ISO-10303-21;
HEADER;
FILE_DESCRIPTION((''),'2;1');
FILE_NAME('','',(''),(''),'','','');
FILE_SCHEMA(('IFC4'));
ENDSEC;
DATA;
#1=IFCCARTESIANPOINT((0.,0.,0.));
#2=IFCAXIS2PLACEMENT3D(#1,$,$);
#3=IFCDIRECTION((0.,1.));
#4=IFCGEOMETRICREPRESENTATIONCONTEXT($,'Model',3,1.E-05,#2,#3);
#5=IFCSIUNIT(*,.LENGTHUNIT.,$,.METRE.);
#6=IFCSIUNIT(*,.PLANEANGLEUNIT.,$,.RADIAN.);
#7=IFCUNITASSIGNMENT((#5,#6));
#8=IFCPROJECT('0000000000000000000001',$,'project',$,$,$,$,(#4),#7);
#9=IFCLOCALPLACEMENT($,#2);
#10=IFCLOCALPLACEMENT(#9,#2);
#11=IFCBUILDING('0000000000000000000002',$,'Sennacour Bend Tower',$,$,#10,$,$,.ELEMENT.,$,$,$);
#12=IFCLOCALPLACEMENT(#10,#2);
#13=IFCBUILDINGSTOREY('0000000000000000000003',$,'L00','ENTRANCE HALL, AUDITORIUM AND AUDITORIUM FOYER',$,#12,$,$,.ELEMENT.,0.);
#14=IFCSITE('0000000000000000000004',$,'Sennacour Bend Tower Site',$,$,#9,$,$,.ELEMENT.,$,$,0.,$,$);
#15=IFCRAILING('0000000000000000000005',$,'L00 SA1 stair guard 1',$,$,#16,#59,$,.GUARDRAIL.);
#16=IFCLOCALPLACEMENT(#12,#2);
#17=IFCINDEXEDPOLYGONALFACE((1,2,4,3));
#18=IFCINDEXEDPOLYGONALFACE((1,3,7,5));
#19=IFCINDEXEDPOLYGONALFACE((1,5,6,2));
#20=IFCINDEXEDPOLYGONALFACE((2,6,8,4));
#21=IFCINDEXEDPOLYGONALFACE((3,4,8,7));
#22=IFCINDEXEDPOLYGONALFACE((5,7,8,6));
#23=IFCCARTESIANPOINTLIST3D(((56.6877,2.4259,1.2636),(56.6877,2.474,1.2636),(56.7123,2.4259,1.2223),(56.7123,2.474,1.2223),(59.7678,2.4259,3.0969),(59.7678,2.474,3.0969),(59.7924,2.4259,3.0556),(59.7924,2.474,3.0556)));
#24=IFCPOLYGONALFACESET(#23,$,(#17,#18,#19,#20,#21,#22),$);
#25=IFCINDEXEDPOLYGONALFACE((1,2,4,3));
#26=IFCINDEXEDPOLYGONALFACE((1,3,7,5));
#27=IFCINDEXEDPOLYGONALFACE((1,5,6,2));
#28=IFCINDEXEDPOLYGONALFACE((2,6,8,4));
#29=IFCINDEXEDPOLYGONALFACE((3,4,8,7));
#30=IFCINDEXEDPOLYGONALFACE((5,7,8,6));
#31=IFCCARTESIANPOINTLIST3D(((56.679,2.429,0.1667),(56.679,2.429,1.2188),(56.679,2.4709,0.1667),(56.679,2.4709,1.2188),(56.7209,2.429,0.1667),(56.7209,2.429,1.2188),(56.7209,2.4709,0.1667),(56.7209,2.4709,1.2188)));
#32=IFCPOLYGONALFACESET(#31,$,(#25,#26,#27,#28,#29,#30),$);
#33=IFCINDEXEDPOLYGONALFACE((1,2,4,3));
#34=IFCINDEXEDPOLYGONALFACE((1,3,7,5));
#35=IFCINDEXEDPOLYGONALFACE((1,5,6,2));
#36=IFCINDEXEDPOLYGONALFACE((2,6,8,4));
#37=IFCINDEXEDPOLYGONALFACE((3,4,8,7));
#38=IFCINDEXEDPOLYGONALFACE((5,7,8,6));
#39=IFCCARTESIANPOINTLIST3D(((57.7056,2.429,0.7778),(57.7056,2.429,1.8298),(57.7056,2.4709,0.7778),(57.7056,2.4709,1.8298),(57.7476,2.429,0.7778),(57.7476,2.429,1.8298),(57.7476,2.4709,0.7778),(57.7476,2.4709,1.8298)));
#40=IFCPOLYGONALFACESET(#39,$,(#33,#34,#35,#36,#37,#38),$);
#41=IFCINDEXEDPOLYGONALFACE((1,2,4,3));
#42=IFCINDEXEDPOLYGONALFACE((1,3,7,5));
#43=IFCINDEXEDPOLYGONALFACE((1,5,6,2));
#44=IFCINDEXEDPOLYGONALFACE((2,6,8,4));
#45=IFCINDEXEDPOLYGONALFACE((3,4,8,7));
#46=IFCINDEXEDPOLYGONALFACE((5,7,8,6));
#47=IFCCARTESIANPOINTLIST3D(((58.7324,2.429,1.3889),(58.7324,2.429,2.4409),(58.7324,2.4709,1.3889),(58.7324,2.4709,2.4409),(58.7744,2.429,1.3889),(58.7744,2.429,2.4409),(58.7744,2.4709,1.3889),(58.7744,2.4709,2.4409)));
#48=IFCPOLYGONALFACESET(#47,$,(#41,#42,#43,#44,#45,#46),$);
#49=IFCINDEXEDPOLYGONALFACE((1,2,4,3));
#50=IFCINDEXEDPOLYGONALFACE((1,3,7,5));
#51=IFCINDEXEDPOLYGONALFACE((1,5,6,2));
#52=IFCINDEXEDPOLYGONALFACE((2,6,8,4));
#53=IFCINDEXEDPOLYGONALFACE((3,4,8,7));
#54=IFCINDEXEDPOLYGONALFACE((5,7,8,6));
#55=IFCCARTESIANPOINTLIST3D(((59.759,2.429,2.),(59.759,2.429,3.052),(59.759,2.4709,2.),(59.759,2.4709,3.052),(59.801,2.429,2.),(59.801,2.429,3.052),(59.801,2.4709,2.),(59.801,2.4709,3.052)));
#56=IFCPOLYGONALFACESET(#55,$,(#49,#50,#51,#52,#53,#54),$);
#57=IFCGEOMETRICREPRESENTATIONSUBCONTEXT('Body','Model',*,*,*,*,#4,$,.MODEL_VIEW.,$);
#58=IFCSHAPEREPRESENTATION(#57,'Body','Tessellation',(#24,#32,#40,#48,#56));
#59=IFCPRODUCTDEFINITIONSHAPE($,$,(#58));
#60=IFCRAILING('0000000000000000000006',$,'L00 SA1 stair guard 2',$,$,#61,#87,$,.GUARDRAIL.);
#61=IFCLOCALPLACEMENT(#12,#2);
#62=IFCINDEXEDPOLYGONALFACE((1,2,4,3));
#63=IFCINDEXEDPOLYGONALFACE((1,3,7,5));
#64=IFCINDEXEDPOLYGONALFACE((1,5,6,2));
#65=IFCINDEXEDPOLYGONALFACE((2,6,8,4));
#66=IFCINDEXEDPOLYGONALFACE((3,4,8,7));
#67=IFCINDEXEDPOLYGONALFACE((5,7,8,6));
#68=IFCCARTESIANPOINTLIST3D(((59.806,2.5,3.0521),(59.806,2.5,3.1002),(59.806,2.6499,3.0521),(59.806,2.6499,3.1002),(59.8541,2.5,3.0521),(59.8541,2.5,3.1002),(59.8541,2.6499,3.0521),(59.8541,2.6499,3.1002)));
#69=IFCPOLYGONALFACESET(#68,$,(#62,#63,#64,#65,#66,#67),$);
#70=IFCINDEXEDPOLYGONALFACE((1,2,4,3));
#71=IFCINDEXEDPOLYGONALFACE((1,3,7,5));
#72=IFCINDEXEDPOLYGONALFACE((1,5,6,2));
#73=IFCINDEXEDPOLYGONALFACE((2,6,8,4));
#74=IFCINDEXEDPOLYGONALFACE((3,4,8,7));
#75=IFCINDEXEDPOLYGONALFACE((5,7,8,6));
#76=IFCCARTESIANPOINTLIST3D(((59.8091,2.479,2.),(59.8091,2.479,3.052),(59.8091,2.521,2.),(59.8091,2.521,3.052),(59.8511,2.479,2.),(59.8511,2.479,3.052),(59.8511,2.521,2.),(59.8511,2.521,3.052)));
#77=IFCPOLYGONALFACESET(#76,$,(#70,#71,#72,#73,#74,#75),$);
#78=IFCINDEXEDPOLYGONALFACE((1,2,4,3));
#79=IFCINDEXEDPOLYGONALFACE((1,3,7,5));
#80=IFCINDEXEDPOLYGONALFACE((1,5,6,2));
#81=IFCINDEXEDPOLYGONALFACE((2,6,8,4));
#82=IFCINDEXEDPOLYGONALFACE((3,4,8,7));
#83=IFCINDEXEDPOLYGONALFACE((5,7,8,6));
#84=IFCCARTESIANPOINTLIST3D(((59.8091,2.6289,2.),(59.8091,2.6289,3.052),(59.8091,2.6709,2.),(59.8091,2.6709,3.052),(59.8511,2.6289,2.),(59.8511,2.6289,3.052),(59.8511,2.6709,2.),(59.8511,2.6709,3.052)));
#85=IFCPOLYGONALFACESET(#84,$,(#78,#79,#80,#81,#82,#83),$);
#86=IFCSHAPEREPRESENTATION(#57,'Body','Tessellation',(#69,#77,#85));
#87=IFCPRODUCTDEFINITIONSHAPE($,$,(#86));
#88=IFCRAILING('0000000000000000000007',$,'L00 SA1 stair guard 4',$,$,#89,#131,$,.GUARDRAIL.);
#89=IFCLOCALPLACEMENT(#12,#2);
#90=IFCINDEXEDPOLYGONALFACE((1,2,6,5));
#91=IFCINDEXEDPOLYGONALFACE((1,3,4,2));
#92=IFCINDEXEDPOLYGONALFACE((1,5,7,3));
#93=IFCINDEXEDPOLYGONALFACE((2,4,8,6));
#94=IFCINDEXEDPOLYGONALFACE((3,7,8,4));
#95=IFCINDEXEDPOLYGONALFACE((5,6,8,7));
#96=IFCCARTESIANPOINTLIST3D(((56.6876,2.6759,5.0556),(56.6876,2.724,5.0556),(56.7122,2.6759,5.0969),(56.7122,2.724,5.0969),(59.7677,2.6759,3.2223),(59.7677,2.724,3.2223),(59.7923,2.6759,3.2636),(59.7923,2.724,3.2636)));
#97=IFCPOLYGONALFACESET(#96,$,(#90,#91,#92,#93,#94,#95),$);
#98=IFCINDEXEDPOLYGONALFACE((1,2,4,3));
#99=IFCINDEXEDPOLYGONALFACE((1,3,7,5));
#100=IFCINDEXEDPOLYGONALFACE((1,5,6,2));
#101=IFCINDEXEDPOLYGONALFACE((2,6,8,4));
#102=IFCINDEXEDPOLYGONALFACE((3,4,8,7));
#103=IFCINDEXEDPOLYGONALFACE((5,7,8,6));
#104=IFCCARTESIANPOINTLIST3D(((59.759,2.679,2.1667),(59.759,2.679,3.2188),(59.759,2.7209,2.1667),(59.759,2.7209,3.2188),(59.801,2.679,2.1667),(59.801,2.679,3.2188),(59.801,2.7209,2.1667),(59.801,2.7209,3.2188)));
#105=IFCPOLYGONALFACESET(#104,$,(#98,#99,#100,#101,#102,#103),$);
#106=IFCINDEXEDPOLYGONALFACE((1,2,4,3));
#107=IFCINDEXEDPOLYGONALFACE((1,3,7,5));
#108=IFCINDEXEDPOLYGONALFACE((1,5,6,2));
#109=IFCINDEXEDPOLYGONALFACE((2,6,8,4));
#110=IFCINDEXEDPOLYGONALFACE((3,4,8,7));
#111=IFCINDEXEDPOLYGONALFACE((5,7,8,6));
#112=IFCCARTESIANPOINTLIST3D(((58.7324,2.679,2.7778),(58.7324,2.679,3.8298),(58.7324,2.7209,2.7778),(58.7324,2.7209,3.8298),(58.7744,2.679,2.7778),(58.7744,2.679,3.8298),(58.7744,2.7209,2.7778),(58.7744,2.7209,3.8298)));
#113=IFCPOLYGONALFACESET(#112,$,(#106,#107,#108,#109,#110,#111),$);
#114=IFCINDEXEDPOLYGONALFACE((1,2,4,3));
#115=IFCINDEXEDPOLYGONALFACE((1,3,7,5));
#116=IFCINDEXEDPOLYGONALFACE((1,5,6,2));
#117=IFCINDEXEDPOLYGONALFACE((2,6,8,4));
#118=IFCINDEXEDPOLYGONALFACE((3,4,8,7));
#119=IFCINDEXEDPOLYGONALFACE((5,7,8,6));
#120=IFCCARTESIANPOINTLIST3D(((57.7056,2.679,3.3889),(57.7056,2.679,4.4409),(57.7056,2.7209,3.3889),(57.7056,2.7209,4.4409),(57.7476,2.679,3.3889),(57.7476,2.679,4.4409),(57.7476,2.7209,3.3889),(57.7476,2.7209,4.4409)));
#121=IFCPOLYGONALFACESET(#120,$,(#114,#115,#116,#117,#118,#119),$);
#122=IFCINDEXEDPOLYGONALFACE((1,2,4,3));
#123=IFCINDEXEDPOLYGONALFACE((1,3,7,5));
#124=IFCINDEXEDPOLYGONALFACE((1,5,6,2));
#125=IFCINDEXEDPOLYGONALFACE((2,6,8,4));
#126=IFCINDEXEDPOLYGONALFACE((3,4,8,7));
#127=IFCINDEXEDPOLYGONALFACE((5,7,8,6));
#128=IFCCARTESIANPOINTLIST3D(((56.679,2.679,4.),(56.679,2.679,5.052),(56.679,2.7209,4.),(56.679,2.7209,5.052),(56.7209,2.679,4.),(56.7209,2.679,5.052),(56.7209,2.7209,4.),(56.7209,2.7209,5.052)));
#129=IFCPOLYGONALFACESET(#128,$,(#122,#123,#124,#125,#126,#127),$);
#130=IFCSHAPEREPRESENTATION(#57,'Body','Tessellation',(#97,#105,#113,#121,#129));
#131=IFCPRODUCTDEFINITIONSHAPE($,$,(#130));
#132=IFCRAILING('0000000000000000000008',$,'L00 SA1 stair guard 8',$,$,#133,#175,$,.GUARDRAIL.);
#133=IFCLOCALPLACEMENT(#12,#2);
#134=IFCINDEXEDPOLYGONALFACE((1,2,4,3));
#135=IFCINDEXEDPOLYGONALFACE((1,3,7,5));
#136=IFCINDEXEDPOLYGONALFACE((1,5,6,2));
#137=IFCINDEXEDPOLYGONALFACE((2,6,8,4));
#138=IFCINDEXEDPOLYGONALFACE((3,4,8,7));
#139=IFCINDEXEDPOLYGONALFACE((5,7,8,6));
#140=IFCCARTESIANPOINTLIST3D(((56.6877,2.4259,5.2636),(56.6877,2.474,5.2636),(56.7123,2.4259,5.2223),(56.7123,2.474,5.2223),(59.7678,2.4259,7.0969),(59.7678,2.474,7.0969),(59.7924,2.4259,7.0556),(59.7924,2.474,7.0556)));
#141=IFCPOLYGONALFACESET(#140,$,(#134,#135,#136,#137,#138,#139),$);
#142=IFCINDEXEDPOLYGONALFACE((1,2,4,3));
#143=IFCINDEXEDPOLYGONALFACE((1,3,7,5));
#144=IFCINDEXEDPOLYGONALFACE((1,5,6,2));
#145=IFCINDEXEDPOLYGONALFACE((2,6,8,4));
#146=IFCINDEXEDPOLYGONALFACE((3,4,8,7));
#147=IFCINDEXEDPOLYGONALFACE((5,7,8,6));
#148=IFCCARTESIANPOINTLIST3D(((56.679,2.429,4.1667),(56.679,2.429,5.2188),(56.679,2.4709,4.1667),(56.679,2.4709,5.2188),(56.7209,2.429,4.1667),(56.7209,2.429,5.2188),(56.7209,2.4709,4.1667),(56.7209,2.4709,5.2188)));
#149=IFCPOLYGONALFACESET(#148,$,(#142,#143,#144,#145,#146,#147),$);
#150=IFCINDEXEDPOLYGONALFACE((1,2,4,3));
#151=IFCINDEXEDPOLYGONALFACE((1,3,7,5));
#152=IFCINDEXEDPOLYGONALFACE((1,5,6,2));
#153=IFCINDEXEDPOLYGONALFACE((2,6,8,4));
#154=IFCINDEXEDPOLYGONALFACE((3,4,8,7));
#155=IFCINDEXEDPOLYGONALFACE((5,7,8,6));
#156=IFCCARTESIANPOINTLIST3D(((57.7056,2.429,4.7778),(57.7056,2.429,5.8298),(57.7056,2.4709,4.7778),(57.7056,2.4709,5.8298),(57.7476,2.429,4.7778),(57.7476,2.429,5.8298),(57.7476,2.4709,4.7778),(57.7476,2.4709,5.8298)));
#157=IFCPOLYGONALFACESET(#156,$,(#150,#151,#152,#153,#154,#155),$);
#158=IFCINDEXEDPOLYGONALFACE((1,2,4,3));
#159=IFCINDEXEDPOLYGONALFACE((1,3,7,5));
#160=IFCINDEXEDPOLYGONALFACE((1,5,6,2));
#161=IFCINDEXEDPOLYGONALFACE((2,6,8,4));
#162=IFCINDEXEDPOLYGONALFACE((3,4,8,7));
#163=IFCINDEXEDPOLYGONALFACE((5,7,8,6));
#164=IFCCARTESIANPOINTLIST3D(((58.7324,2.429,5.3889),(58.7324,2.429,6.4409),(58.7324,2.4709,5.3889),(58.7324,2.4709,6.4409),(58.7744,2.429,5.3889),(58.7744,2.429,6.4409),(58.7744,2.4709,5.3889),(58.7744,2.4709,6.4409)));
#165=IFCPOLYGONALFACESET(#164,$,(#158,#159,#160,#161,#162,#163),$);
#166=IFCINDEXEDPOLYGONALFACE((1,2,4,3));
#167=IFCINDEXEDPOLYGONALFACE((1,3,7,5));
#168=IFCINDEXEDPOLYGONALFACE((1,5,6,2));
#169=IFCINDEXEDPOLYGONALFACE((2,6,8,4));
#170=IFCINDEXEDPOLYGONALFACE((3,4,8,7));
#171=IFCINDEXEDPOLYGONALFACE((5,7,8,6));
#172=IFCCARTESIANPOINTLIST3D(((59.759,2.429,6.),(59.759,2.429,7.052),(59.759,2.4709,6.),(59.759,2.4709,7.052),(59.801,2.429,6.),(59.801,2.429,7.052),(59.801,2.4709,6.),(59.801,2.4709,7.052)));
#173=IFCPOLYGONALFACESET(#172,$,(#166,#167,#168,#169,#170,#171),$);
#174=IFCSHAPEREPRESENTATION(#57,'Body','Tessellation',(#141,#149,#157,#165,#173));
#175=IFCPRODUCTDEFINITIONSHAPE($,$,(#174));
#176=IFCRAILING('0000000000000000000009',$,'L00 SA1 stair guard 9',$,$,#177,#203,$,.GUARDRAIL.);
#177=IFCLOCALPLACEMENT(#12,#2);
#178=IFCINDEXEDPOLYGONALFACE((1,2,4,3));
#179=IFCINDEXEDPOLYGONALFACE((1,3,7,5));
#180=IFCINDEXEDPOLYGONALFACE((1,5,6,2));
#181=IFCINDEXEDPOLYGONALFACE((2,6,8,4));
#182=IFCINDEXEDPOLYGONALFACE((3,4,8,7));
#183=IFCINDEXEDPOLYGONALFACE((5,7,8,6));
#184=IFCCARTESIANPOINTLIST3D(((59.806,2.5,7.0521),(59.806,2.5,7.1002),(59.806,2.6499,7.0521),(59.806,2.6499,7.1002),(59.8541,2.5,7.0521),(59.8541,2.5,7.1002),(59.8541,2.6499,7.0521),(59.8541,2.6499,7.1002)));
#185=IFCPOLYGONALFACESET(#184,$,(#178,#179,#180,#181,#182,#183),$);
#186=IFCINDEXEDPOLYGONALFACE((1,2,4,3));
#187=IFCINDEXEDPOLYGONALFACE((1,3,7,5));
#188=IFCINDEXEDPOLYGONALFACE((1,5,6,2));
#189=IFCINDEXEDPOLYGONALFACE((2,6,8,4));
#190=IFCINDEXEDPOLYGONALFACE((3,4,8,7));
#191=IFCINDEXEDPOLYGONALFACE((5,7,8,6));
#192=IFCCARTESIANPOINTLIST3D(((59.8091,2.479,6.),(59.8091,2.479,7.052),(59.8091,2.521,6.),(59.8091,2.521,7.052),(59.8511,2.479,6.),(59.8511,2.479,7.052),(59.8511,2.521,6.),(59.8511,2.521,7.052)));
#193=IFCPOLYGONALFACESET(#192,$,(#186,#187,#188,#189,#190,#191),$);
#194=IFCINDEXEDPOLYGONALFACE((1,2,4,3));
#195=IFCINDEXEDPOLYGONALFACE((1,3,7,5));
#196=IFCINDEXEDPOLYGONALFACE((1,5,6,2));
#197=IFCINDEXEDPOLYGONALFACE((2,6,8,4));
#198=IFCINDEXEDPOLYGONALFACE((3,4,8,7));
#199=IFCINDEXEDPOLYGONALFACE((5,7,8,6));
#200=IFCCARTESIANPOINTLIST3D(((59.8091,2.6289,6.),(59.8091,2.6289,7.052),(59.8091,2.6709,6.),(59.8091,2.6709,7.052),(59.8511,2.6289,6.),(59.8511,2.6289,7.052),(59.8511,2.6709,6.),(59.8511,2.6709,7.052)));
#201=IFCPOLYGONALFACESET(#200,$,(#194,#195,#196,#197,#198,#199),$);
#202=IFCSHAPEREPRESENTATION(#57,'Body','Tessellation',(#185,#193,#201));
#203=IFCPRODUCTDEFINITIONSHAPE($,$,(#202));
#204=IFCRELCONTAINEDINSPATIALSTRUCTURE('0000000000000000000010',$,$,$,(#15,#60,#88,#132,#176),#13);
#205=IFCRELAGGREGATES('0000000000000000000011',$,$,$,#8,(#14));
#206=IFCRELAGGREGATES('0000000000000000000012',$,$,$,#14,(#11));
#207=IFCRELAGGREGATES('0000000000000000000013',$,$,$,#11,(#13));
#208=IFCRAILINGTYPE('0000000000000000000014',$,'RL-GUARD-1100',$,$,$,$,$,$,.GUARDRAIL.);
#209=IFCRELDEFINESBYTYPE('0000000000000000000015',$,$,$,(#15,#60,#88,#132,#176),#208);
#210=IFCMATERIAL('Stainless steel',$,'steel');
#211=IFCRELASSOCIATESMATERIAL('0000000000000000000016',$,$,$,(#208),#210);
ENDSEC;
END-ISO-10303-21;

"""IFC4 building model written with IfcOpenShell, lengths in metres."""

from ifc_helpers import new_model, si_unit, direction, frame, origin, origin_2d, place, context, subcontext, project, spatial, rectangle, extrude, material, type_object, element, save


model = new_model("IFC4")

# Units and contexts
model_context = context("Model", 3, precision=1e-05, world=origin(), true_north=direction((0.0, 1.0)))
body_context = subcontext(model_context, "Body", "Model", "MODEL_VIEW")
ifc_project = project(units=[si_unit("LENGTHUNIT", "METRE"), si_unit("PLANEANGLEUNIT", "RADIAN")], contexts=[model_context])

# Site, building, storey
site_placement = place(None, origin())
site = spatial("IfcSite", under=ifc_project, at=site_placement, Name="Sennacour Bend Tower Site", CompositionType="ELEMENT", RefElevation=0.0)
building_placement = place(site_placement, origin())
building = spatial("IfcBuilding", under=site, at=building_placement, Name="Sennacour Bend Tower", CompositionType="ELEMENT")
storey_placement = place(building_placement, origin())
storey = spatial("IfcBuildingStorey", under=building, at=storey_placement, Name="L00", Description="ENTRANCE HALL, AUDITORIUM AND AUDITORIUM FOYER", CompositionType="ELEMENT", Elevation=0.0)

# Railings
ifc_material_1 = material(Name="Stainless steel", Category="steel")
railing_type_1 = type_object("IfcRailingType", Name="RL-GUARD-1100", PredefinedType="GUARDRAIL", material=ifc_material_1)
railing_1_placement = place(storey_placement, frame((56.7, 2.45, 0.1667)))
element("IfcRailing", 1, at=railing_1_placement, inside=storey, type_object=railing_type_1, Name="L00 SA1 stair guard 1", PredefinedType="GUARDRAIL", context=body_context, shape_type="SweptSolid", body=[
    extrude(rectangle(XDim=0.0481, YDim=0.0481, at=origin_2d()), frame((0.0, 0.0, 1.0762), z_axis=(0.859309, 0.0, 0.511458), x_axis=(0.0, 1.0, 0.0)), (0.0, 0.0, 1.0), 3.5845),
    extrude(rectangle(XDim=0.042, YDim=0.042, at=origin_2d()), origin(), (0.0, 0.0, 1.0), 1.052),
    extrude(rectangle(XDim=0.042, YDim=0.042, at=origin_2d()), frame((1.0266, 0.0, 0.6111)), (0.0, 0.0, 1.0), 1.052),
    extrude(rectangle(XDim=0.042, YDim=0.042, at=origin_2d()), frame((2.0535, 0.0, 1.2222)), (0.0, 0.0, 1.0), 1.052),
    extrude(rectangle(XDim=0.042, YDim=0.042, at=origin_2d()), frame((3.0801, 0.0, 1.8333)), (0.0, 0.0, 1.0), 1.052),
])
railing_2_placement = place(storey_placement, frame((59.8301, 2.5, 2.0)))
element("IfcRailing", 2, at=railing_2_placement, inside=storey, type_object=railing_type_1, Name="L00 SA1 stair guard 2", PredefinedType="GUARDRAIL", context=body_context, shape_type="SweptSolid", body=[
    extrude(rectangle(XDim=0.0481, YDim=0.0481, at=origin_2d()), frame((0.0, 0.0, 1.0762), z_axis=(0.0, 1.0, 0.0), x_axis=(-1.0, 0.0, 0.0)), (0.0, 0.0, 1.0), 0.1499),
    extrude(rectangle(XDim=0.042, YDim=0.042, at=origin_2d()), origin(), (0.0, 0.0, 1.0), 1.052),
    extrude(rectangle(XDim=0.042, YDim=0.042, at=origin_2d()), frame((0.0, 0.1499, 0.0)), (0.0, 0.0, 1.0), 1.052),
])
railing_3_placement = place(storey_placement, frame((59.78, 2.7, 2.1667)))
element("IfcRailing", 3, at=railing_3_placement, inside=storey, type_object=railing_type_1, Name="L00 SA1 stair guard 4", PredefinedType="GUARDRAIL", context=body_context, shape_type="SweptSolid", body=[
    extrude(rectangle(XDim=0.0481, YDim=0.0481, at=origin_2d()), frame((0.0, 0.0, 1.0762), z_axis=(-0.859309, 0.0, 0.511458), x_axis=(0.0, -1.0, 0.0)), (0.0, 0.0, 1.0), 3.5845),
    extrude(rectangle(XDim=0.042, YDim=0.042, at=origin_2d()), origin(), (0.0, 0.0, 1.0), 1.052),
    extrude(rectangle(XDim=0.042, YDim=0.042, at=origin_2d()), frame((-1.0266, 0.0, 0.6111)), (0.0, 0.0, 1.0), 1.052),
    extrude(rectangle(XDim=0.042, YDim=0.042, at=origin_2d()), frame((-2.0535, 0.0, 1.2222)), (0.0, 0.0, 1.0), 1.052),
    extrude(rectangle(XDim=0.042, YDim=0.042, at=origin_2d()), frame((-3.0801, 0.0, 1.8333)), (0.0, 0.0, 1.0), 1.052),
])
railing_4_placement = place(storey_placement, frame((56.7, 2.45, 4.1667)))
element("IfcRailing", 4, at=railing_4_placement, inside=storey, type_object=railing_type_1, Name="L00 SA1 stair guard 8", PredefinedType="GUARDRAIL", context=body_context, shape_type="SweptSolid", body=[
    extrude(rectangle(XDim=0.0481, YDim=0.0481, at=origin_2d()), frame((0.0, 0.0, 1.0762), z_axis=(0.859309, 0.0, 0.511458), x_axis=(0.0, 1.0, 0.0)), (0.0, 0.0, 1.0), 3.5845),
    extrude(rectangle(XDim=0.042, YDim=0.042, at=origin_2d()), origin(), (0.0, 0.0, 1.0), 1.052),
    extrude(rectangle(XDim=0.042, YDim=0.042, at=origin_2d()), frame((1.0266, 0.0, 0.6111)), (0.0, 0.0, 1.0), 1.052),
    extrude(rectangle(XDim=0.042, YDim=0.042, at=origin_2d()), frame((2.0535, 0.0, 1.2222)), (0.0, 0.0, 1.0), 1.052),
    extrude(rectangle(XDim=0.042, YDim=0.042, at=origin_2d()), frame((3.0801, 0.0, 1.8333)), (0.0, 0.0, 1.0), 1.052),
])
railing_5_placement = place(storey_placement, frame((59.8301, 2.5, 6.0)))
element("IfcRailing", 5, at=railing_5_placement, inside=storey, type_object=railing_type_1, Name="L00 SA1 stair guard 9", PredefinedType="GUARDRAIL", context=body_context, shape_type="SweptSolid", body=[
    extrude(rectangle(XDim=0.0481, YDim=0.0481, at=origin_2d()), frame((0.0, 0.0, 1.0762), z_axis=(0.0, 1.0, 0.0), x_axis=(-1.0, 0.0, 0.0)), (0.0, 0.0, 1.0), 0.1499),
    extrude(rectangle(XDim=0.042, YDim=0.042, at=origin_2d()), origin(), (0.0, 0.0, 1.0), 1.052),
    extrude(rectangle(XDim=0.042, YDim=0.042, at=origin_2d()), frame((0.0, 0.1499, 0.0)), (0.0, 0.0, 1.0), 1.052),
])

save(model, "model.ifc")
